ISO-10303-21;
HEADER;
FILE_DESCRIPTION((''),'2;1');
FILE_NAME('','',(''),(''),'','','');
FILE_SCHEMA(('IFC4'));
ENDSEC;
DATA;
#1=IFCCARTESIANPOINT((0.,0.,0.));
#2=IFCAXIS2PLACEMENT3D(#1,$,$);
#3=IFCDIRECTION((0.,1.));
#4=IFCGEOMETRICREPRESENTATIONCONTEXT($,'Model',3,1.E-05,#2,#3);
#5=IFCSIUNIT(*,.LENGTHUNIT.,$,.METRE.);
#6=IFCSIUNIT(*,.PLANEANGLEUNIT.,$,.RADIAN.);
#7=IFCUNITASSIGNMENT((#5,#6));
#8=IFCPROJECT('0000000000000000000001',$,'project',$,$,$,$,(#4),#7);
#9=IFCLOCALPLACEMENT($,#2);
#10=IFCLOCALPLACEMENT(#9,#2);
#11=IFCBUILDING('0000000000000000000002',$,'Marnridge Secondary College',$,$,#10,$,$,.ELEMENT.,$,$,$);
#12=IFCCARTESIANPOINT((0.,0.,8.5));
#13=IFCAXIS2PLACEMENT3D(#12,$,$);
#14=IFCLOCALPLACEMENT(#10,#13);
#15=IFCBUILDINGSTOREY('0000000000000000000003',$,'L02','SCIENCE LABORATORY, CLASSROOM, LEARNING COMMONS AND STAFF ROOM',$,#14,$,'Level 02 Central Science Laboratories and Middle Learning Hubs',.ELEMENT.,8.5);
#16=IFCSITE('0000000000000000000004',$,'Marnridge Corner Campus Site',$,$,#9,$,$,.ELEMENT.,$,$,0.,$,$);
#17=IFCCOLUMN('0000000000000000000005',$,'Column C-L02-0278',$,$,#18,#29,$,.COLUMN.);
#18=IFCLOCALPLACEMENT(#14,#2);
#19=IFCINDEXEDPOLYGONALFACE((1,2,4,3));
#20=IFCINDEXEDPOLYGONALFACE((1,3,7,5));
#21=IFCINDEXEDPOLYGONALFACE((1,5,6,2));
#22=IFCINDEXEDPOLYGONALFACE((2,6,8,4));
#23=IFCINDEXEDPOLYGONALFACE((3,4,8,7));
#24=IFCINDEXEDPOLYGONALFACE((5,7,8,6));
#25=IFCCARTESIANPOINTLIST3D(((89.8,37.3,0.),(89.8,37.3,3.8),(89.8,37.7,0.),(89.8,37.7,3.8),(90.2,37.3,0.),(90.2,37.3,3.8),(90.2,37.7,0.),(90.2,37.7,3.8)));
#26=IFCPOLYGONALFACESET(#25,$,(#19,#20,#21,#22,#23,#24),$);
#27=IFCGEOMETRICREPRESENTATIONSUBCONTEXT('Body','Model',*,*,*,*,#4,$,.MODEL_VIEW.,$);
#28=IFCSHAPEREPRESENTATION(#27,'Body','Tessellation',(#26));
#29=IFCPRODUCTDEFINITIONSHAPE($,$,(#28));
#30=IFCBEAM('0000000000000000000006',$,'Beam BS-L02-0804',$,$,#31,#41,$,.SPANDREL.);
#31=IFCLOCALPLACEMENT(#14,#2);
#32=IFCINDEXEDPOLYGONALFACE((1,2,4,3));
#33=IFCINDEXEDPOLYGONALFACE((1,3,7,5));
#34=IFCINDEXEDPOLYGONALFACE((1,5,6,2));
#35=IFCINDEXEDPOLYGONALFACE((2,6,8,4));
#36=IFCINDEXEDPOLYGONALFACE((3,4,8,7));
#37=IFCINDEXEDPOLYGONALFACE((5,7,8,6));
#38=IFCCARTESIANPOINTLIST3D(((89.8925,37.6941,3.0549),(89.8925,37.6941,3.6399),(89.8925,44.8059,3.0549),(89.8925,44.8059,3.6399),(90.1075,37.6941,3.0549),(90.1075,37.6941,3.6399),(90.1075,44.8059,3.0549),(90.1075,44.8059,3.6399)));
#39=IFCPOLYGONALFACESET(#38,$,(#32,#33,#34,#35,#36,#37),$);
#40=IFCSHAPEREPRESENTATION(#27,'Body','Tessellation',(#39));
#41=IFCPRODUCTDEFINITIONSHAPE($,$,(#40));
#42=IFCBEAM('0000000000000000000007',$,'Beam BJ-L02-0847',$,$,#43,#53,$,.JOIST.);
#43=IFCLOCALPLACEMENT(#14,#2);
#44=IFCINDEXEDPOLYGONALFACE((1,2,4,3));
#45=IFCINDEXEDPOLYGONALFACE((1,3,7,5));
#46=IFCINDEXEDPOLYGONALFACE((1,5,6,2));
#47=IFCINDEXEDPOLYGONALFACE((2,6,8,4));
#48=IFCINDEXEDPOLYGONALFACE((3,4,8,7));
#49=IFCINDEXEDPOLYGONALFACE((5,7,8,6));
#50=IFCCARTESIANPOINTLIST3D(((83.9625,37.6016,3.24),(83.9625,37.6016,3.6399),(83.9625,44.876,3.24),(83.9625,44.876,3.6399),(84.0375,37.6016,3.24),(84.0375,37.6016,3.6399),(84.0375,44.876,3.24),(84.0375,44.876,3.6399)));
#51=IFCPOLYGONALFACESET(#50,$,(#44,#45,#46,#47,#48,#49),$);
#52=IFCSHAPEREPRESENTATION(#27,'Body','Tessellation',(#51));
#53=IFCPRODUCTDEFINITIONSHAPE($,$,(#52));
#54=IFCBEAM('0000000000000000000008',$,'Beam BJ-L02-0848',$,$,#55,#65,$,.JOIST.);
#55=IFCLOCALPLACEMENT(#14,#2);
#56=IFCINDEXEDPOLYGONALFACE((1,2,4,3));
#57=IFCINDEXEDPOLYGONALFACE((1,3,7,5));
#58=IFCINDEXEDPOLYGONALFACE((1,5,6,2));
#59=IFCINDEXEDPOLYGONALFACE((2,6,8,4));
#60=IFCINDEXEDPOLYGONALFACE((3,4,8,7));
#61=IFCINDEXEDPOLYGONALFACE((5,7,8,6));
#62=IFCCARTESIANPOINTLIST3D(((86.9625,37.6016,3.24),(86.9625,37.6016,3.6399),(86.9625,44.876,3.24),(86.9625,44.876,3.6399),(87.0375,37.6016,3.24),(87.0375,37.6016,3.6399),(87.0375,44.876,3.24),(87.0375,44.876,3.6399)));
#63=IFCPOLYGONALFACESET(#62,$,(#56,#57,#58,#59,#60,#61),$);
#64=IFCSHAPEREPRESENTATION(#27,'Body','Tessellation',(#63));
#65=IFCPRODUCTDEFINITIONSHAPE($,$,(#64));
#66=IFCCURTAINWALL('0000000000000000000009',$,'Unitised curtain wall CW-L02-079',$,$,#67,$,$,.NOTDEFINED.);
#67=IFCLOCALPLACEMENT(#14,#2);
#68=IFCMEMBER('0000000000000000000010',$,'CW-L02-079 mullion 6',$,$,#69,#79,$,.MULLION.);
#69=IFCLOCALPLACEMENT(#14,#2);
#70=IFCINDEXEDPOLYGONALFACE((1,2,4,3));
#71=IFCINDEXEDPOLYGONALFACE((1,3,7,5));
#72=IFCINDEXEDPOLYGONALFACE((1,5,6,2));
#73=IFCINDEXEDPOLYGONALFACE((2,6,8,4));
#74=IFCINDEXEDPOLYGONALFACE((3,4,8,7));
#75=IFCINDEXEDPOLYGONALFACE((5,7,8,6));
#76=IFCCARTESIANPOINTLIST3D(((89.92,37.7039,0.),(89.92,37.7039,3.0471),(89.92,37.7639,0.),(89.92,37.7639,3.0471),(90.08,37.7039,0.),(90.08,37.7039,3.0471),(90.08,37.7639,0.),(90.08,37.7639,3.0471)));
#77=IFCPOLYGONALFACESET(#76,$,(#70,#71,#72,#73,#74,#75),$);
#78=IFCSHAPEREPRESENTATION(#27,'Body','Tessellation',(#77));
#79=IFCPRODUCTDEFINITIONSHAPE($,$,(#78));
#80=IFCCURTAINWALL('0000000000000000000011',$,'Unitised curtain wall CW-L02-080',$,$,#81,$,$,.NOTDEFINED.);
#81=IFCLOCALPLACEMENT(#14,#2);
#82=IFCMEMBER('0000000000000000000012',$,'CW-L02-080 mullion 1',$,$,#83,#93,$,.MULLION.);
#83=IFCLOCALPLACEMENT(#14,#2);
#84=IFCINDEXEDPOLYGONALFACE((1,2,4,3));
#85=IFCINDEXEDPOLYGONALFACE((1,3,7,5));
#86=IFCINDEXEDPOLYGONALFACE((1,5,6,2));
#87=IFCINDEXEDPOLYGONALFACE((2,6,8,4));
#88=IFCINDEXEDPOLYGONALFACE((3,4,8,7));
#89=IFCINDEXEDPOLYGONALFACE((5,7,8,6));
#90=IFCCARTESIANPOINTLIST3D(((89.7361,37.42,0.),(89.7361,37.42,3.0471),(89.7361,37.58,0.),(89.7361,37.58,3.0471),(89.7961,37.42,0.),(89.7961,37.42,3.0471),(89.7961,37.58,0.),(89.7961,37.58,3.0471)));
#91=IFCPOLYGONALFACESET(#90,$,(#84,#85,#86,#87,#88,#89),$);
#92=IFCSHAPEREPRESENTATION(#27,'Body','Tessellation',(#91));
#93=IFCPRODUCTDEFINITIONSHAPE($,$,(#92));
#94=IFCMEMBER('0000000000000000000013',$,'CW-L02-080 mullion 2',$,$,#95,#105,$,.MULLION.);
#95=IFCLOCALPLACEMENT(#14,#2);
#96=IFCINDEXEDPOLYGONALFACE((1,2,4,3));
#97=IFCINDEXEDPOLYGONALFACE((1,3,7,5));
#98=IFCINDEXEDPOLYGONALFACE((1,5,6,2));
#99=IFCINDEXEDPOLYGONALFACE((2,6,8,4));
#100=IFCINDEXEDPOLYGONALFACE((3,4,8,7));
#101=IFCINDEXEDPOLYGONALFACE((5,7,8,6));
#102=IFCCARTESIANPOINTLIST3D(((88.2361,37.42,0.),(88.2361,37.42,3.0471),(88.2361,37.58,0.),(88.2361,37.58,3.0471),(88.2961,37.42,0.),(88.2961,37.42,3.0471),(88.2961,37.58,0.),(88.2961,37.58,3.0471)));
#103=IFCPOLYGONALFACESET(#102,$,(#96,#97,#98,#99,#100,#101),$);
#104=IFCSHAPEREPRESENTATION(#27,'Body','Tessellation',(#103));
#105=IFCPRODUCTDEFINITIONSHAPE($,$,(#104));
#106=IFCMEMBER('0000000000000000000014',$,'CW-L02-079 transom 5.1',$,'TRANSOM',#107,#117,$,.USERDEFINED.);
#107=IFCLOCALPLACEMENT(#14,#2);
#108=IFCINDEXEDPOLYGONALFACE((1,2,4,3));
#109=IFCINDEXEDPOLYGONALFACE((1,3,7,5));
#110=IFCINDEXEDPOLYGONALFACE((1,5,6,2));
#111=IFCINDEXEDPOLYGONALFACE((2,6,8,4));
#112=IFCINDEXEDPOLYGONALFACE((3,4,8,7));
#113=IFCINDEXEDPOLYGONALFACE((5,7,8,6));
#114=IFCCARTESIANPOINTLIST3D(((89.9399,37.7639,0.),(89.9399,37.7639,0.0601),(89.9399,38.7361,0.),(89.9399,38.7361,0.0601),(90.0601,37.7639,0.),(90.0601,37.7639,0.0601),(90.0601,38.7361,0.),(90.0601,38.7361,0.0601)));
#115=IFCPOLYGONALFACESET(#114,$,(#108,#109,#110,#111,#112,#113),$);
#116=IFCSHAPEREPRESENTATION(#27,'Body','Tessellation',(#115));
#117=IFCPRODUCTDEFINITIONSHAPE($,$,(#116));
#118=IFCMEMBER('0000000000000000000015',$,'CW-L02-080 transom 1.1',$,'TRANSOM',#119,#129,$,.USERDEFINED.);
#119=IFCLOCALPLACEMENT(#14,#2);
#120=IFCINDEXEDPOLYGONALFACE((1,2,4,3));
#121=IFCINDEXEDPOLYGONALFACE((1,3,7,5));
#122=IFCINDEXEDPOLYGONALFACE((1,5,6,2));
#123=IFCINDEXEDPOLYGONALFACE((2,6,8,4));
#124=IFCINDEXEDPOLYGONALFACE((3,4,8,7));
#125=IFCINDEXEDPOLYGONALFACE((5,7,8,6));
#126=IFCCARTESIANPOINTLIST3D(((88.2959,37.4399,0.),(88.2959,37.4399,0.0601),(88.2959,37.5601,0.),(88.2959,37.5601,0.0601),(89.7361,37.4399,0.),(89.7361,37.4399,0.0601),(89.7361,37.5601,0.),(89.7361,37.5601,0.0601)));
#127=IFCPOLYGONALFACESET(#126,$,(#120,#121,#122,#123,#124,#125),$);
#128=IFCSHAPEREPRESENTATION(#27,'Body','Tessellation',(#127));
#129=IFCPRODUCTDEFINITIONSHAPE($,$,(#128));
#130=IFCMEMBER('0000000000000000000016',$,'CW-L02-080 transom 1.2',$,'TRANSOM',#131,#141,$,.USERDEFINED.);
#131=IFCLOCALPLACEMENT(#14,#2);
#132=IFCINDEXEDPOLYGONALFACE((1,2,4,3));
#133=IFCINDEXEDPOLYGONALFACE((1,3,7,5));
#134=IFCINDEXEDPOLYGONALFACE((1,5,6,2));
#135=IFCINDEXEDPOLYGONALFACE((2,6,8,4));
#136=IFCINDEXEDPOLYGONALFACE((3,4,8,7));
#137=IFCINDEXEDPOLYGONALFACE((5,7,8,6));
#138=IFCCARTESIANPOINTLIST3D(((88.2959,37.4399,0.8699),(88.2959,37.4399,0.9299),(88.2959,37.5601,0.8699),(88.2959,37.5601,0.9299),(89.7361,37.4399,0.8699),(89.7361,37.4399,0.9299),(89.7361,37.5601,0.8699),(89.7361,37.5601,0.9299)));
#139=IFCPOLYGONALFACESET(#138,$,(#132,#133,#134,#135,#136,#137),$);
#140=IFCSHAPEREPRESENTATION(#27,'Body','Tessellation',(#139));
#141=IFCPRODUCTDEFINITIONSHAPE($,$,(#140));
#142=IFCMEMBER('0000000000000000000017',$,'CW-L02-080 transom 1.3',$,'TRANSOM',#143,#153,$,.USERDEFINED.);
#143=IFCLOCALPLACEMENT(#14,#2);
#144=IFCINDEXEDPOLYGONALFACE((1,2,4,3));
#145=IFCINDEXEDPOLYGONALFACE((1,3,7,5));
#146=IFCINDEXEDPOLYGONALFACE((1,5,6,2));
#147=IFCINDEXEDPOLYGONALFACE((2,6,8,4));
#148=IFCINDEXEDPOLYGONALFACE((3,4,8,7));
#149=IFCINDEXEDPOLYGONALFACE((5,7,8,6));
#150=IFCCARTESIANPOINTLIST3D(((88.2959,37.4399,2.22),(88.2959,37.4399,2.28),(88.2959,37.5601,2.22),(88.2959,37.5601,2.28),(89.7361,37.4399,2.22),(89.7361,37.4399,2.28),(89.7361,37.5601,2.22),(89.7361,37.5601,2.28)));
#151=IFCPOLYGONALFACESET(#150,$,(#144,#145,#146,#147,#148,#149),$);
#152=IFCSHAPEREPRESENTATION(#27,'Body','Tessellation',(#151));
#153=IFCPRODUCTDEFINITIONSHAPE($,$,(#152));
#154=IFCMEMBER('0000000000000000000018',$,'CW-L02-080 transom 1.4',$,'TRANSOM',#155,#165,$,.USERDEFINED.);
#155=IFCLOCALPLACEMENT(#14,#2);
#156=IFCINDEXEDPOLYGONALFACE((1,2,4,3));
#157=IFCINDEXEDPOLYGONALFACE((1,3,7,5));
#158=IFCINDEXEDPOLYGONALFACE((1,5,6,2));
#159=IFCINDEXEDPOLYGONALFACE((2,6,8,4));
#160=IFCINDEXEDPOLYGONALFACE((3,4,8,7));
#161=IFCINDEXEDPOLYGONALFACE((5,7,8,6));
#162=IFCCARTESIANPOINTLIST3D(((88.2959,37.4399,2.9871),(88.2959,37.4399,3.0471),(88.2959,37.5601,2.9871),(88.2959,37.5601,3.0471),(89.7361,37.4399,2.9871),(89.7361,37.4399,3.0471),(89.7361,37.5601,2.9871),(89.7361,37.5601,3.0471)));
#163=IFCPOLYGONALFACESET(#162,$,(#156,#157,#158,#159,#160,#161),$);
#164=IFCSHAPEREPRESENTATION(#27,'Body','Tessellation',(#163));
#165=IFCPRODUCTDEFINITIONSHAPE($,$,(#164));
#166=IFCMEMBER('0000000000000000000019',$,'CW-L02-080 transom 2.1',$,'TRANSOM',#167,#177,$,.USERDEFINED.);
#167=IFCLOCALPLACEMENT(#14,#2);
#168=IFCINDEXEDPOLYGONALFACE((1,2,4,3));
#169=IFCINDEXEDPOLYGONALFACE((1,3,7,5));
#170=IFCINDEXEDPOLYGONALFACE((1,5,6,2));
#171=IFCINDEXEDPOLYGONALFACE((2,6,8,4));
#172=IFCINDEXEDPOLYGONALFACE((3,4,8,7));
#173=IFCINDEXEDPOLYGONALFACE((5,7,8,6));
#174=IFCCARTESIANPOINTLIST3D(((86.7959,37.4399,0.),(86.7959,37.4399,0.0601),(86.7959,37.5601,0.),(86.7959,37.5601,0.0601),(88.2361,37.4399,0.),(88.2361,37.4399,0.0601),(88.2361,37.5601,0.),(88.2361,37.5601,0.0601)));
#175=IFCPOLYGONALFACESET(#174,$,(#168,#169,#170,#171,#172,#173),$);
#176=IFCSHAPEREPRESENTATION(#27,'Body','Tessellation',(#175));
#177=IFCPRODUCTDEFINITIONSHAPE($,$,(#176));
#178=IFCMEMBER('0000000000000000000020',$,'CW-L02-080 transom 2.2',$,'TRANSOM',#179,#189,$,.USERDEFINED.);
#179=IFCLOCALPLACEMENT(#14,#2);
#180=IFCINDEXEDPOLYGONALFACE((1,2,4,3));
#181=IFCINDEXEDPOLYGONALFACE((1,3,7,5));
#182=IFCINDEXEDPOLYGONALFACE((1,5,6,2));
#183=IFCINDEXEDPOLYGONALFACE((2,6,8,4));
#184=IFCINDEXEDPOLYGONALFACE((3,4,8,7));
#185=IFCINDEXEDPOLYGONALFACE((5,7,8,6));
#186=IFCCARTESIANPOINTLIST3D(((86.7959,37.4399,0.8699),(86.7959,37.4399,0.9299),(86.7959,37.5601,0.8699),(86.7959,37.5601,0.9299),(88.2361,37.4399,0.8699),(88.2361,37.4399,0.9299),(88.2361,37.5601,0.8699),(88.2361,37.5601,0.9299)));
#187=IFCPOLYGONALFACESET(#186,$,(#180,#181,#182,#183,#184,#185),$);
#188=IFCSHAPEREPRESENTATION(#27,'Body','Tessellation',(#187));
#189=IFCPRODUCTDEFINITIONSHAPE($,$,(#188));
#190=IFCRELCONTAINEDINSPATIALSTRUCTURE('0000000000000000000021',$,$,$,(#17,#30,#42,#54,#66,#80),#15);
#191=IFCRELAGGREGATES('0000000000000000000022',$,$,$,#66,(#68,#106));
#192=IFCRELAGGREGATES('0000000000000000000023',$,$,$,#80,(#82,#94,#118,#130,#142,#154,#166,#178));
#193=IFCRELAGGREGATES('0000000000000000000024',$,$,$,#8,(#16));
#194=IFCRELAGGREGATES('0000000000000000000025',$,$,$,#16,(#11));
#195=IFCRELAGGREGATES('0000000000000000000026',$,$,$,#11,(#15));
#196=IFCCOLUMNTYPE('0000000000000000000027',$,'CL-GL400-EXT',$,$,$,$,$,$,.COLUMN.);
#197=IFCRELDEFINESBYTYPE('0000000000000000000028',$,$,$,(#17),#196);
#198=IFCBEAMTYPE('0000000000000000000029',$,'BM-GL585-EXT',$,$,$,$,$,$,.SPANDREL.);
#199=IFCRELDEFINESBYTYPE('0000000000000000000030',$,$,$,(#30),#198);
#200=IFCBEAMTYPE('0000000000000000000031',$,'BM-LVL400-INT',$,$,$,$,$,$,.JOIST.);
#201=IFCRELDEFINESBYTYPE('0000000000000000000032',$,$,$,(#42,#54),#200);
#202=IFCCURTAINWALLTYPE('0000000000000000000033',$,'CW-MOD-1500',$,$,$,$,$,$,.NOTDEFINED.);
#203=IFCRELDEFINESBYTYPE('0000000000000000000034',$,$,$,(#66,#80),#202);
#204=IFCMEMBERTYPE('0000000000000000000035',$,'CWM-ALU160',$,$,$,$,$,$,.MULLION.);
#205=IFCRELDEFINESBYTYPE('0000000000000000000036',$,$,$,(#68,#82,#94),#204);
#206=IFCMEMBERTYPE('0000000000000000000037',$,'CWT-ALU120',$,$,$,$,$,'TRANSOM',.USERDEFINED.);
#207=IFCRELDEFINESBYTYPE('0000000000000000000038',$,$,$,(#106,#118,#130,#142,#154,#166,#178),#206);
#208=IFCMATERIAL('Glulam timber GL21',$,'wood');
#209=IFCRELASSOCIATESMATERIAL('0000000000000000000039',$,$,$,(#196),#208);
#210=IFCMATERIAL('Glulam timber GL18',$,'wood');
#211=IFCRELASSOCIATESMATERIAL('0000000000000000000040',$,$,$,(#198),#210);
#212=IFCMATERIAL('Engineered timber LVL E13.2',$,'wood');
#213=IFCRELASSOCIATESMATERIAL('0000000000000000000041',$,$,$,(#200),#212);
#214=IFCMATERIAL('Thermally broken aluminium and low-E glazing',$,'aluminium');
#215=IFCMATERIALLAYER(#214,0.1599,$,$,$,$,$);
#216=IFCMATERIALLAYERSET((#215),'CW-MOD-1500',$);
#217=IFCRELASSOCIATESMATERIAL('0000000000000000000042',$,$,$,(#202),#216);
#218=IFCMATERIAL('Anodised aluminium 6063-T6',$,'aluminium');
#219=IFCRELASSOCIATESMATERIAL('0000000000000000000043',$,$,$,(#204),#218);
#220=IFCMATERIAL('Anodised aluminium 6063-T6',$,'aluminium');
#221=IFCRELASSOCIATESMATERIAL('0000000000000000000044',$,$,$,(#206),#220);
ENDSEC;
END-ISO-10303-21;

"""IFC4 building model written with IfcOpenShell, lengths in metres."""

from ifc_helpers import new_model, si_unit, direction, frame, origin, origin_2d, place, context, subcontext, project, spatial, rectangle, extrude, material, layer, layer_set, material_profile, profile_set, type_object, element, aggregate, save


model = new_model("IFC4")

# Units and contexts
model_context = context("Model", 3, precision=1e-05, world=origin(), true_north=direction((0.0, 1.0)))
body_context = subcontext(model_context, "Body", "Model", "MODEL_VIEW")
ifc_project = project(units=[si_unit("LENGTHUNIT", "METRE"), si_unit("PLANEANGLEUNIT", "RADIAN")], contexts=[model_context])

# Site, building, storey
site_placement = place(None, origin())
site = spatial("IfcSite", under=ifc_project, at=site_placement, Name="Marnridge Corner Campus Site", CompositionType="ELEMENT", RefElevation=0.0)
building_placement = place(site_placement, origin())
building = spatial("IfcBuilding", under=site, at=building_placement, Name="Marnridge Secondary College", CompositionType="ELEMENT")
storey_placement = place(building_placement, frame((0.0, 0.0, 8.5)))
storey = spatial("IfcBuildingStorey", under=building, at=storey_placement, Name="L02", Description="SCIENCE LABORATORY, CLASSROOM, LEARNING COMMONS AND STAFF ROOM", LongName="Level 02 Central Science Laboratories and Middle Learning Hubs", CompositionType="ELEMENT", Elevation=8.5)

# Column
ifc_material_1 = material(Name="Glulam timber GL21", Category="wood")
ifc_material_profile_1 = material_profile(ifc_material_1, rectangle(XDim=0.3999, YDim=0.3999, at=origin_2d()), Name="GL21 400x400")
ifc_profile_set_1 = profile_set([ifc_material_profile_1], Name="Glulam timber GL21")
column_type = type_object("IfcColumnType", Name="CL-GL400-EXT", PredefinedType="COLUMN", material=ifc_profile_set_1)
column_placement = place(storey_placement, frame((90.0, 37.5, 0.0), z_axis=(0.0, 0.0, 1.0), x_axis=(1.0, 0.0, 0.0)))
element("IfcColumn", 1, at=column_placement, inside=storey, type_object=column_type, Name="Column C-L02-0278", PredefinedType="COLUMN", context=body_context, shape_type="SweptSolid", body=[
    extrude(rectangle(XDim=0.3999, YDim=0.3999, at=origin_2d()), origin(), (0.0, 0.0, 1.0), 3.8),
])

# Beams
ifc_material_2 = material(Name="Glulam timber GL18", Category="wood")
ifc_material_profile_2 = material_profile(ifc_material_2, rectangle(XDim=0.2151, YDim=0.585, at=origin_2d()), Name="GL18 215x585")
ifc_profile_set_2 = profile_set([ifc_material_profile_2], Name="Glulam timber GL18")
beam_type_1 = type_object("IfcBeamType", Name="BM-GL585-EXT", PredefinedType="SPANDREL", material=ifc_profile_set_2)
beam_placement = place(storey_placement, frame((90.0, 37.6941, 3.3474), z_axis=(0.0, 1.0, 0.0), x_axis=(-1.0, 0.0, 0.0)))
element("IfcBeam", 2, at=beam_placement, inside=storey, type_object=beam_type_1, Name="Beam BS-L02-0804", PredefinedType="SPANDREL", context=body_context, shape_type="SweptSolid", body=[
    extrude(rectangle(XDim=0.2151, YDim=0.585, at=origin_2d()), origin(), (0.0, 0.0, 1.0), 7.1118),
])
ifc_material_3 = material(Name="Engineered timber LVL E13.2", Category="wood")
ifc_material_profile_3 = material_profile(ifc_material_3, rectangle(XDim=0.075, YDim=0.3999, at=origin_2d()), Name="LVL 75x400")
ifc_profile_set_3 = profile_set([ifc_material_profile_3], Name="Engineered timber LVL E13.2")
beam_type_2 = type_object("IfcBeamType", Name="BM-LVL400-INT", PredefinedType="JOIST", material=ifc_profile_set_3)
for number, where, z_axis, x_axis, name in (
    (3, (84.0, 37.6016, 3.4399), (0.0, 1.0, 0.0), (-1.0, 0.0, 0.0), "Beam BJ-L02-0847"),
    (4, (87.0, 37.6016, 3.4399), (0.0, 1.0, 0.0), (-1.0, 0.0, 0.0), "Beam BJ-L02-0848"),
):
    element("IfcBeam", number, at=place(storey_placement, frame(where, z_axis=z_axis, x_axis=x_axis)), inside=storey, type_object=beam_type_2, Name=name, PredefinedType="JOIST", context=body_context, shape_type="SweptSolid", body=[
        extrude(rectangle(XDim=0.075, YDim=0.3999, at=origin_2d()), origin(), (0.0, 0.0, 1.0), 7.2744),
    ])

# Curtain wall, member
ifc_material_4 = material(Name="Thermally broken aluminium and low-E glazing", Category="aluminium")
ifc_layer_1 = layer(ifc_material_4, 0.1599)
ifc_layer_set_1 = layer_set([ifc_layer_1], Name="CW-MOD-1500")
curtain_wall_type = type_object("IfcCurtainWallType", Name="CW-MOD-1500", PredefinedType="NOTDEFINED", material=ifc_layer_set_1)
curtain_wall_1_placement = place(storey_placement, origin())
curtain_wall_1 = element("IfcCurtainWall", 5, at=curtain_wall_1_placement, inside=storey, type_object=curtain_wall_type, Name="Unitised curtain wall CW-L02-079", PredefinedType="NOTDEFINED")
ifc_material_5 = material(Name="Anodised aluminium 6063-T6", Category="aluminium")
ifc_material_profile_4 = material_profile(ifc_material_5, rectangle(XDim=0.0601, YDim=0.1599, at=origin_2d()), Name="ALU 60x160")
ifc_profile_set_4 = profile_set([ifc_material_profile_4], Name="Anodised aluminium 6063-T6")
member_type_1 = type_object("IfcMemberType", Name="CWM-ALU160", PredefinedType="MULLION", material=ifc_profile_set_4)
member_1_placement = place(storey_placement, frame((90.0, 37.7339, 0.0), z_axis=(0.0, 0.0, 1.0), x_axis=(0.0, -1.0, 0.0)))
member_1 = element("IfcMember", 6, at=member_1_placement, type_object=member_type_1, Name="CW-L02-079 mullion 6", PredefinedType="MULLION", context=body_context, shape_type="SweptSolid", body=[
    extrude(rectangle(XDim=0.0601, YDim=0.1599, at=origin_2d()), origin(), (0.0, 0.0, 1.0), 3.0471),
])

# Curtain wall, members
curtain_wall_2_placement = place(storey_placement, origin())
curtain_wall_2 = element("IfcCurtainWall", 7, at=curtain_wall_2_placement, inside=storey, type_object=curtain_wall_type, Name="Unitised curtain wall CW-L02-080", PredefinedType="NOTDEFINED")
member_2_placement = place(storey_placement, frame((89.7661, 37.5, 0.0), z_axis=(0.0, 0.0, 1.0), x_axis=(-1.0, 0.0, 0.0)))
member_2 = element("IfcMember", 8, at=member_2_placement, type_object=member_type_1, Name="CW-L02-080 mullion 1", PredefinedType="MULLION", context=body_context, shape_type="SweptSolid", body=[
    extrude(rectangle(XDim=0.0601, YDim=0.1599, at=origin_2d()), origin(), (0.0, 0.0, 1.0), 3.0471),
])
member_3_placement = place(storey_placement, frame((88.2661, 37.5, 0.0), z_axis=(0.0, 0.0, 1.0), x_axis=(-1.0, 0.0, 0.0)))
member_3 = element("IfcMember", 9, at=member_3_placement, type_object=member_type_1, Name="CW-L02-080 mullion 2", PredefinedType="MULLION", context=body_context, shape_type="SweptSolid", body=[
    extrude(rectangle(XDim=0.0601, YDim=0.1599, at=origin_2d()), origin(), (0.0, 0.0, 1.0), 3.0471),
])

# Members
ifc_material_6 = material(Name="Anodised aluminium 6063-T6", Category="aluminium")
ifc_material_profile_5 = material_profile(ifc_material_6, rectangle(XDim=0.0601, YDim=0.1201, at=origin_2d()), Name="ALU 60x120")
ifc_profile_set_5 = profile_set([ifc_material_profile_5], Name="Anodised aluminium 6063-T6")
member_type_2 = type_object("IfcMemberType", Name="CWT-ALU120", ElementType="TRANSOM", PredefinedType="USERDEFINED", material=ifc_profile_set_5)
member_4_placement = place(storey_placement, frame((90.0, 38.7361, 0.03), z_axis=(0.0, -1.0, 0.0), x_axis=(0.0, 0.0, 1.0)))
member_4 = element("IfcMember", 10, at=member_4_placement, type_object=member_type_2, Name="CW-L02-079 transom 5.1", ObjectType="TRANSOM", PredefinedType="USERDEFINED", context=body_context, shape_type="SweptSolid", body=[
    extrude(rectangle(XDim=0.0601, YDim=0.1201, at=origin_2d()), origin(), (0.0, 0.0, 1.0), 0.9722),
])
member_5_placement = place(storey_placement, frame((89.7361, 37.5, 0.03), z_axis=(-1.0, 0.0, 0.0), x_axis=(0.0, 0.0, 1.0)))
member_5 = element("IfcMember", 11, at=member_5_placement, type_object=member_type_2, Name="CW-L02-080 transom 1.1", ObjectType="TRANSOM", PredefinedType="USERDEFINED", context=body_context, shape_type="SweptSolid", body=[
    extrude(rectangle(XDim=0.0601, YDim=0.1201, at=origin_2d()), origin(), (0.0, 0.0, 1.0), 1.4402),
])
member_6_placement = place(storey_placement, frame((89.7361, 37.5, 0.8999), z_axis=(-1.0, 0.0, 0.0), x_axis=(0.0, 0.0, 1.0)))
member_6 = element("IfcMember", 12, at=member_6_placement, type_object=member_type_2, Name="CW-L02-080 transom 1.2", ObjectType="TRANSOM", PredefinedType="USERDEFINED", context=body_context, shape_type="SweptSolid", body=[
    extrude(rectangle(XDim=0.0601, YDim=0.1201, at=origin_2d()), origin(), (0.0, 0.0, 1.0), 1.4402),
])
member_7_placement = place(storey_placement, frame((89.7361, 37.5, 2.25), z_axis=(-1.0, 0.0, 0.0), x_axis=(0.0, 0.0, 1.0)))
member_7 = element("IfcMember", 13, at=member_7_placement, type_object=member_type_2, Name="CW-L02-080 transom 1.3", ObjectType="TRANSOM", PredefinedType="USERDEFINED", context=body_context, shape_type="SweptSolid", body=[
    extrude(rectangle(XDim=0.0601, YDim=0.1201, at=origin_2d()), origin(), (0.0, 0.0, 1.0), 1.4402),
])
member_8_placement = place(storey_placement, frame((89.7361, 37.5, 3.0171), z_axis=(-1.0, 0.0, 0.0), x_axis=(0.0, 0.0, 1.0)))
member_8 = element("IfcMember", 14, at=member_8_placement, type_object=member_type_2, Name="CW-L02-080 transom 1.4", ObjectType="TRANSOM", PredefinedType="USERDEFINED", context=body_context, shape_type="SweptSolid", body=[
    extrude(rectangle(XDim=0.0601, YDim=0.1201, at=origin_2d()), origin(), (0.0, 0.0, 1.0), 1.4402),
])
member_9_placement = place(storey_placement, frame((88.2361, 37.5, 0.03), z_axis=(-1.0, 0.0, 0.0), x_axis=(0.0, 0.0, 1.0)))
member_9 = element("IfcMember", 15, at=member_9_placement, type_object=member_type_2, Name="CW-L02-080 transom 2.1", ObjectType="TRANSOM", PredefinedType="USERDEFINED", context=body_context, shape_type="SweptSolid", body=[
    extrude(rectangle(XDim=0.0601, YDim=0.1201, at=origin_2d()), origin(), (0.0, 0.0, 1.0), 1.4402),
])
member_10_placement = place(storey_placement, frame((88.2361, 37.5, 0.8999), z_axis=(-1.0, 0.0, 0.0), x_axis=(0.0, 0.0, 1.0)))
member_10 = element("IfcMember", 16, at=member_10_placement, type_object=member_type_2, Name="CW-L02-080 transom 2.2", ObjectType="TRANSOM", PredefinedType="USERDEFINED", context=body_context, shape_type="SweptSolid", body=[
    extrude(rectangle(XDim=0.0601, YDim=0.1201, at=origin_2d()), origin(), (0.0, 0.0, 1.0), 1.4402),
])

aggregate(curtain_wall_1, [member_1, member_4])
aggregate(curtain_wall_2, [member_2, member_3, member_5, member_6, member_7, member_8, member_9, member_10])

save(model, "model.ifc")
